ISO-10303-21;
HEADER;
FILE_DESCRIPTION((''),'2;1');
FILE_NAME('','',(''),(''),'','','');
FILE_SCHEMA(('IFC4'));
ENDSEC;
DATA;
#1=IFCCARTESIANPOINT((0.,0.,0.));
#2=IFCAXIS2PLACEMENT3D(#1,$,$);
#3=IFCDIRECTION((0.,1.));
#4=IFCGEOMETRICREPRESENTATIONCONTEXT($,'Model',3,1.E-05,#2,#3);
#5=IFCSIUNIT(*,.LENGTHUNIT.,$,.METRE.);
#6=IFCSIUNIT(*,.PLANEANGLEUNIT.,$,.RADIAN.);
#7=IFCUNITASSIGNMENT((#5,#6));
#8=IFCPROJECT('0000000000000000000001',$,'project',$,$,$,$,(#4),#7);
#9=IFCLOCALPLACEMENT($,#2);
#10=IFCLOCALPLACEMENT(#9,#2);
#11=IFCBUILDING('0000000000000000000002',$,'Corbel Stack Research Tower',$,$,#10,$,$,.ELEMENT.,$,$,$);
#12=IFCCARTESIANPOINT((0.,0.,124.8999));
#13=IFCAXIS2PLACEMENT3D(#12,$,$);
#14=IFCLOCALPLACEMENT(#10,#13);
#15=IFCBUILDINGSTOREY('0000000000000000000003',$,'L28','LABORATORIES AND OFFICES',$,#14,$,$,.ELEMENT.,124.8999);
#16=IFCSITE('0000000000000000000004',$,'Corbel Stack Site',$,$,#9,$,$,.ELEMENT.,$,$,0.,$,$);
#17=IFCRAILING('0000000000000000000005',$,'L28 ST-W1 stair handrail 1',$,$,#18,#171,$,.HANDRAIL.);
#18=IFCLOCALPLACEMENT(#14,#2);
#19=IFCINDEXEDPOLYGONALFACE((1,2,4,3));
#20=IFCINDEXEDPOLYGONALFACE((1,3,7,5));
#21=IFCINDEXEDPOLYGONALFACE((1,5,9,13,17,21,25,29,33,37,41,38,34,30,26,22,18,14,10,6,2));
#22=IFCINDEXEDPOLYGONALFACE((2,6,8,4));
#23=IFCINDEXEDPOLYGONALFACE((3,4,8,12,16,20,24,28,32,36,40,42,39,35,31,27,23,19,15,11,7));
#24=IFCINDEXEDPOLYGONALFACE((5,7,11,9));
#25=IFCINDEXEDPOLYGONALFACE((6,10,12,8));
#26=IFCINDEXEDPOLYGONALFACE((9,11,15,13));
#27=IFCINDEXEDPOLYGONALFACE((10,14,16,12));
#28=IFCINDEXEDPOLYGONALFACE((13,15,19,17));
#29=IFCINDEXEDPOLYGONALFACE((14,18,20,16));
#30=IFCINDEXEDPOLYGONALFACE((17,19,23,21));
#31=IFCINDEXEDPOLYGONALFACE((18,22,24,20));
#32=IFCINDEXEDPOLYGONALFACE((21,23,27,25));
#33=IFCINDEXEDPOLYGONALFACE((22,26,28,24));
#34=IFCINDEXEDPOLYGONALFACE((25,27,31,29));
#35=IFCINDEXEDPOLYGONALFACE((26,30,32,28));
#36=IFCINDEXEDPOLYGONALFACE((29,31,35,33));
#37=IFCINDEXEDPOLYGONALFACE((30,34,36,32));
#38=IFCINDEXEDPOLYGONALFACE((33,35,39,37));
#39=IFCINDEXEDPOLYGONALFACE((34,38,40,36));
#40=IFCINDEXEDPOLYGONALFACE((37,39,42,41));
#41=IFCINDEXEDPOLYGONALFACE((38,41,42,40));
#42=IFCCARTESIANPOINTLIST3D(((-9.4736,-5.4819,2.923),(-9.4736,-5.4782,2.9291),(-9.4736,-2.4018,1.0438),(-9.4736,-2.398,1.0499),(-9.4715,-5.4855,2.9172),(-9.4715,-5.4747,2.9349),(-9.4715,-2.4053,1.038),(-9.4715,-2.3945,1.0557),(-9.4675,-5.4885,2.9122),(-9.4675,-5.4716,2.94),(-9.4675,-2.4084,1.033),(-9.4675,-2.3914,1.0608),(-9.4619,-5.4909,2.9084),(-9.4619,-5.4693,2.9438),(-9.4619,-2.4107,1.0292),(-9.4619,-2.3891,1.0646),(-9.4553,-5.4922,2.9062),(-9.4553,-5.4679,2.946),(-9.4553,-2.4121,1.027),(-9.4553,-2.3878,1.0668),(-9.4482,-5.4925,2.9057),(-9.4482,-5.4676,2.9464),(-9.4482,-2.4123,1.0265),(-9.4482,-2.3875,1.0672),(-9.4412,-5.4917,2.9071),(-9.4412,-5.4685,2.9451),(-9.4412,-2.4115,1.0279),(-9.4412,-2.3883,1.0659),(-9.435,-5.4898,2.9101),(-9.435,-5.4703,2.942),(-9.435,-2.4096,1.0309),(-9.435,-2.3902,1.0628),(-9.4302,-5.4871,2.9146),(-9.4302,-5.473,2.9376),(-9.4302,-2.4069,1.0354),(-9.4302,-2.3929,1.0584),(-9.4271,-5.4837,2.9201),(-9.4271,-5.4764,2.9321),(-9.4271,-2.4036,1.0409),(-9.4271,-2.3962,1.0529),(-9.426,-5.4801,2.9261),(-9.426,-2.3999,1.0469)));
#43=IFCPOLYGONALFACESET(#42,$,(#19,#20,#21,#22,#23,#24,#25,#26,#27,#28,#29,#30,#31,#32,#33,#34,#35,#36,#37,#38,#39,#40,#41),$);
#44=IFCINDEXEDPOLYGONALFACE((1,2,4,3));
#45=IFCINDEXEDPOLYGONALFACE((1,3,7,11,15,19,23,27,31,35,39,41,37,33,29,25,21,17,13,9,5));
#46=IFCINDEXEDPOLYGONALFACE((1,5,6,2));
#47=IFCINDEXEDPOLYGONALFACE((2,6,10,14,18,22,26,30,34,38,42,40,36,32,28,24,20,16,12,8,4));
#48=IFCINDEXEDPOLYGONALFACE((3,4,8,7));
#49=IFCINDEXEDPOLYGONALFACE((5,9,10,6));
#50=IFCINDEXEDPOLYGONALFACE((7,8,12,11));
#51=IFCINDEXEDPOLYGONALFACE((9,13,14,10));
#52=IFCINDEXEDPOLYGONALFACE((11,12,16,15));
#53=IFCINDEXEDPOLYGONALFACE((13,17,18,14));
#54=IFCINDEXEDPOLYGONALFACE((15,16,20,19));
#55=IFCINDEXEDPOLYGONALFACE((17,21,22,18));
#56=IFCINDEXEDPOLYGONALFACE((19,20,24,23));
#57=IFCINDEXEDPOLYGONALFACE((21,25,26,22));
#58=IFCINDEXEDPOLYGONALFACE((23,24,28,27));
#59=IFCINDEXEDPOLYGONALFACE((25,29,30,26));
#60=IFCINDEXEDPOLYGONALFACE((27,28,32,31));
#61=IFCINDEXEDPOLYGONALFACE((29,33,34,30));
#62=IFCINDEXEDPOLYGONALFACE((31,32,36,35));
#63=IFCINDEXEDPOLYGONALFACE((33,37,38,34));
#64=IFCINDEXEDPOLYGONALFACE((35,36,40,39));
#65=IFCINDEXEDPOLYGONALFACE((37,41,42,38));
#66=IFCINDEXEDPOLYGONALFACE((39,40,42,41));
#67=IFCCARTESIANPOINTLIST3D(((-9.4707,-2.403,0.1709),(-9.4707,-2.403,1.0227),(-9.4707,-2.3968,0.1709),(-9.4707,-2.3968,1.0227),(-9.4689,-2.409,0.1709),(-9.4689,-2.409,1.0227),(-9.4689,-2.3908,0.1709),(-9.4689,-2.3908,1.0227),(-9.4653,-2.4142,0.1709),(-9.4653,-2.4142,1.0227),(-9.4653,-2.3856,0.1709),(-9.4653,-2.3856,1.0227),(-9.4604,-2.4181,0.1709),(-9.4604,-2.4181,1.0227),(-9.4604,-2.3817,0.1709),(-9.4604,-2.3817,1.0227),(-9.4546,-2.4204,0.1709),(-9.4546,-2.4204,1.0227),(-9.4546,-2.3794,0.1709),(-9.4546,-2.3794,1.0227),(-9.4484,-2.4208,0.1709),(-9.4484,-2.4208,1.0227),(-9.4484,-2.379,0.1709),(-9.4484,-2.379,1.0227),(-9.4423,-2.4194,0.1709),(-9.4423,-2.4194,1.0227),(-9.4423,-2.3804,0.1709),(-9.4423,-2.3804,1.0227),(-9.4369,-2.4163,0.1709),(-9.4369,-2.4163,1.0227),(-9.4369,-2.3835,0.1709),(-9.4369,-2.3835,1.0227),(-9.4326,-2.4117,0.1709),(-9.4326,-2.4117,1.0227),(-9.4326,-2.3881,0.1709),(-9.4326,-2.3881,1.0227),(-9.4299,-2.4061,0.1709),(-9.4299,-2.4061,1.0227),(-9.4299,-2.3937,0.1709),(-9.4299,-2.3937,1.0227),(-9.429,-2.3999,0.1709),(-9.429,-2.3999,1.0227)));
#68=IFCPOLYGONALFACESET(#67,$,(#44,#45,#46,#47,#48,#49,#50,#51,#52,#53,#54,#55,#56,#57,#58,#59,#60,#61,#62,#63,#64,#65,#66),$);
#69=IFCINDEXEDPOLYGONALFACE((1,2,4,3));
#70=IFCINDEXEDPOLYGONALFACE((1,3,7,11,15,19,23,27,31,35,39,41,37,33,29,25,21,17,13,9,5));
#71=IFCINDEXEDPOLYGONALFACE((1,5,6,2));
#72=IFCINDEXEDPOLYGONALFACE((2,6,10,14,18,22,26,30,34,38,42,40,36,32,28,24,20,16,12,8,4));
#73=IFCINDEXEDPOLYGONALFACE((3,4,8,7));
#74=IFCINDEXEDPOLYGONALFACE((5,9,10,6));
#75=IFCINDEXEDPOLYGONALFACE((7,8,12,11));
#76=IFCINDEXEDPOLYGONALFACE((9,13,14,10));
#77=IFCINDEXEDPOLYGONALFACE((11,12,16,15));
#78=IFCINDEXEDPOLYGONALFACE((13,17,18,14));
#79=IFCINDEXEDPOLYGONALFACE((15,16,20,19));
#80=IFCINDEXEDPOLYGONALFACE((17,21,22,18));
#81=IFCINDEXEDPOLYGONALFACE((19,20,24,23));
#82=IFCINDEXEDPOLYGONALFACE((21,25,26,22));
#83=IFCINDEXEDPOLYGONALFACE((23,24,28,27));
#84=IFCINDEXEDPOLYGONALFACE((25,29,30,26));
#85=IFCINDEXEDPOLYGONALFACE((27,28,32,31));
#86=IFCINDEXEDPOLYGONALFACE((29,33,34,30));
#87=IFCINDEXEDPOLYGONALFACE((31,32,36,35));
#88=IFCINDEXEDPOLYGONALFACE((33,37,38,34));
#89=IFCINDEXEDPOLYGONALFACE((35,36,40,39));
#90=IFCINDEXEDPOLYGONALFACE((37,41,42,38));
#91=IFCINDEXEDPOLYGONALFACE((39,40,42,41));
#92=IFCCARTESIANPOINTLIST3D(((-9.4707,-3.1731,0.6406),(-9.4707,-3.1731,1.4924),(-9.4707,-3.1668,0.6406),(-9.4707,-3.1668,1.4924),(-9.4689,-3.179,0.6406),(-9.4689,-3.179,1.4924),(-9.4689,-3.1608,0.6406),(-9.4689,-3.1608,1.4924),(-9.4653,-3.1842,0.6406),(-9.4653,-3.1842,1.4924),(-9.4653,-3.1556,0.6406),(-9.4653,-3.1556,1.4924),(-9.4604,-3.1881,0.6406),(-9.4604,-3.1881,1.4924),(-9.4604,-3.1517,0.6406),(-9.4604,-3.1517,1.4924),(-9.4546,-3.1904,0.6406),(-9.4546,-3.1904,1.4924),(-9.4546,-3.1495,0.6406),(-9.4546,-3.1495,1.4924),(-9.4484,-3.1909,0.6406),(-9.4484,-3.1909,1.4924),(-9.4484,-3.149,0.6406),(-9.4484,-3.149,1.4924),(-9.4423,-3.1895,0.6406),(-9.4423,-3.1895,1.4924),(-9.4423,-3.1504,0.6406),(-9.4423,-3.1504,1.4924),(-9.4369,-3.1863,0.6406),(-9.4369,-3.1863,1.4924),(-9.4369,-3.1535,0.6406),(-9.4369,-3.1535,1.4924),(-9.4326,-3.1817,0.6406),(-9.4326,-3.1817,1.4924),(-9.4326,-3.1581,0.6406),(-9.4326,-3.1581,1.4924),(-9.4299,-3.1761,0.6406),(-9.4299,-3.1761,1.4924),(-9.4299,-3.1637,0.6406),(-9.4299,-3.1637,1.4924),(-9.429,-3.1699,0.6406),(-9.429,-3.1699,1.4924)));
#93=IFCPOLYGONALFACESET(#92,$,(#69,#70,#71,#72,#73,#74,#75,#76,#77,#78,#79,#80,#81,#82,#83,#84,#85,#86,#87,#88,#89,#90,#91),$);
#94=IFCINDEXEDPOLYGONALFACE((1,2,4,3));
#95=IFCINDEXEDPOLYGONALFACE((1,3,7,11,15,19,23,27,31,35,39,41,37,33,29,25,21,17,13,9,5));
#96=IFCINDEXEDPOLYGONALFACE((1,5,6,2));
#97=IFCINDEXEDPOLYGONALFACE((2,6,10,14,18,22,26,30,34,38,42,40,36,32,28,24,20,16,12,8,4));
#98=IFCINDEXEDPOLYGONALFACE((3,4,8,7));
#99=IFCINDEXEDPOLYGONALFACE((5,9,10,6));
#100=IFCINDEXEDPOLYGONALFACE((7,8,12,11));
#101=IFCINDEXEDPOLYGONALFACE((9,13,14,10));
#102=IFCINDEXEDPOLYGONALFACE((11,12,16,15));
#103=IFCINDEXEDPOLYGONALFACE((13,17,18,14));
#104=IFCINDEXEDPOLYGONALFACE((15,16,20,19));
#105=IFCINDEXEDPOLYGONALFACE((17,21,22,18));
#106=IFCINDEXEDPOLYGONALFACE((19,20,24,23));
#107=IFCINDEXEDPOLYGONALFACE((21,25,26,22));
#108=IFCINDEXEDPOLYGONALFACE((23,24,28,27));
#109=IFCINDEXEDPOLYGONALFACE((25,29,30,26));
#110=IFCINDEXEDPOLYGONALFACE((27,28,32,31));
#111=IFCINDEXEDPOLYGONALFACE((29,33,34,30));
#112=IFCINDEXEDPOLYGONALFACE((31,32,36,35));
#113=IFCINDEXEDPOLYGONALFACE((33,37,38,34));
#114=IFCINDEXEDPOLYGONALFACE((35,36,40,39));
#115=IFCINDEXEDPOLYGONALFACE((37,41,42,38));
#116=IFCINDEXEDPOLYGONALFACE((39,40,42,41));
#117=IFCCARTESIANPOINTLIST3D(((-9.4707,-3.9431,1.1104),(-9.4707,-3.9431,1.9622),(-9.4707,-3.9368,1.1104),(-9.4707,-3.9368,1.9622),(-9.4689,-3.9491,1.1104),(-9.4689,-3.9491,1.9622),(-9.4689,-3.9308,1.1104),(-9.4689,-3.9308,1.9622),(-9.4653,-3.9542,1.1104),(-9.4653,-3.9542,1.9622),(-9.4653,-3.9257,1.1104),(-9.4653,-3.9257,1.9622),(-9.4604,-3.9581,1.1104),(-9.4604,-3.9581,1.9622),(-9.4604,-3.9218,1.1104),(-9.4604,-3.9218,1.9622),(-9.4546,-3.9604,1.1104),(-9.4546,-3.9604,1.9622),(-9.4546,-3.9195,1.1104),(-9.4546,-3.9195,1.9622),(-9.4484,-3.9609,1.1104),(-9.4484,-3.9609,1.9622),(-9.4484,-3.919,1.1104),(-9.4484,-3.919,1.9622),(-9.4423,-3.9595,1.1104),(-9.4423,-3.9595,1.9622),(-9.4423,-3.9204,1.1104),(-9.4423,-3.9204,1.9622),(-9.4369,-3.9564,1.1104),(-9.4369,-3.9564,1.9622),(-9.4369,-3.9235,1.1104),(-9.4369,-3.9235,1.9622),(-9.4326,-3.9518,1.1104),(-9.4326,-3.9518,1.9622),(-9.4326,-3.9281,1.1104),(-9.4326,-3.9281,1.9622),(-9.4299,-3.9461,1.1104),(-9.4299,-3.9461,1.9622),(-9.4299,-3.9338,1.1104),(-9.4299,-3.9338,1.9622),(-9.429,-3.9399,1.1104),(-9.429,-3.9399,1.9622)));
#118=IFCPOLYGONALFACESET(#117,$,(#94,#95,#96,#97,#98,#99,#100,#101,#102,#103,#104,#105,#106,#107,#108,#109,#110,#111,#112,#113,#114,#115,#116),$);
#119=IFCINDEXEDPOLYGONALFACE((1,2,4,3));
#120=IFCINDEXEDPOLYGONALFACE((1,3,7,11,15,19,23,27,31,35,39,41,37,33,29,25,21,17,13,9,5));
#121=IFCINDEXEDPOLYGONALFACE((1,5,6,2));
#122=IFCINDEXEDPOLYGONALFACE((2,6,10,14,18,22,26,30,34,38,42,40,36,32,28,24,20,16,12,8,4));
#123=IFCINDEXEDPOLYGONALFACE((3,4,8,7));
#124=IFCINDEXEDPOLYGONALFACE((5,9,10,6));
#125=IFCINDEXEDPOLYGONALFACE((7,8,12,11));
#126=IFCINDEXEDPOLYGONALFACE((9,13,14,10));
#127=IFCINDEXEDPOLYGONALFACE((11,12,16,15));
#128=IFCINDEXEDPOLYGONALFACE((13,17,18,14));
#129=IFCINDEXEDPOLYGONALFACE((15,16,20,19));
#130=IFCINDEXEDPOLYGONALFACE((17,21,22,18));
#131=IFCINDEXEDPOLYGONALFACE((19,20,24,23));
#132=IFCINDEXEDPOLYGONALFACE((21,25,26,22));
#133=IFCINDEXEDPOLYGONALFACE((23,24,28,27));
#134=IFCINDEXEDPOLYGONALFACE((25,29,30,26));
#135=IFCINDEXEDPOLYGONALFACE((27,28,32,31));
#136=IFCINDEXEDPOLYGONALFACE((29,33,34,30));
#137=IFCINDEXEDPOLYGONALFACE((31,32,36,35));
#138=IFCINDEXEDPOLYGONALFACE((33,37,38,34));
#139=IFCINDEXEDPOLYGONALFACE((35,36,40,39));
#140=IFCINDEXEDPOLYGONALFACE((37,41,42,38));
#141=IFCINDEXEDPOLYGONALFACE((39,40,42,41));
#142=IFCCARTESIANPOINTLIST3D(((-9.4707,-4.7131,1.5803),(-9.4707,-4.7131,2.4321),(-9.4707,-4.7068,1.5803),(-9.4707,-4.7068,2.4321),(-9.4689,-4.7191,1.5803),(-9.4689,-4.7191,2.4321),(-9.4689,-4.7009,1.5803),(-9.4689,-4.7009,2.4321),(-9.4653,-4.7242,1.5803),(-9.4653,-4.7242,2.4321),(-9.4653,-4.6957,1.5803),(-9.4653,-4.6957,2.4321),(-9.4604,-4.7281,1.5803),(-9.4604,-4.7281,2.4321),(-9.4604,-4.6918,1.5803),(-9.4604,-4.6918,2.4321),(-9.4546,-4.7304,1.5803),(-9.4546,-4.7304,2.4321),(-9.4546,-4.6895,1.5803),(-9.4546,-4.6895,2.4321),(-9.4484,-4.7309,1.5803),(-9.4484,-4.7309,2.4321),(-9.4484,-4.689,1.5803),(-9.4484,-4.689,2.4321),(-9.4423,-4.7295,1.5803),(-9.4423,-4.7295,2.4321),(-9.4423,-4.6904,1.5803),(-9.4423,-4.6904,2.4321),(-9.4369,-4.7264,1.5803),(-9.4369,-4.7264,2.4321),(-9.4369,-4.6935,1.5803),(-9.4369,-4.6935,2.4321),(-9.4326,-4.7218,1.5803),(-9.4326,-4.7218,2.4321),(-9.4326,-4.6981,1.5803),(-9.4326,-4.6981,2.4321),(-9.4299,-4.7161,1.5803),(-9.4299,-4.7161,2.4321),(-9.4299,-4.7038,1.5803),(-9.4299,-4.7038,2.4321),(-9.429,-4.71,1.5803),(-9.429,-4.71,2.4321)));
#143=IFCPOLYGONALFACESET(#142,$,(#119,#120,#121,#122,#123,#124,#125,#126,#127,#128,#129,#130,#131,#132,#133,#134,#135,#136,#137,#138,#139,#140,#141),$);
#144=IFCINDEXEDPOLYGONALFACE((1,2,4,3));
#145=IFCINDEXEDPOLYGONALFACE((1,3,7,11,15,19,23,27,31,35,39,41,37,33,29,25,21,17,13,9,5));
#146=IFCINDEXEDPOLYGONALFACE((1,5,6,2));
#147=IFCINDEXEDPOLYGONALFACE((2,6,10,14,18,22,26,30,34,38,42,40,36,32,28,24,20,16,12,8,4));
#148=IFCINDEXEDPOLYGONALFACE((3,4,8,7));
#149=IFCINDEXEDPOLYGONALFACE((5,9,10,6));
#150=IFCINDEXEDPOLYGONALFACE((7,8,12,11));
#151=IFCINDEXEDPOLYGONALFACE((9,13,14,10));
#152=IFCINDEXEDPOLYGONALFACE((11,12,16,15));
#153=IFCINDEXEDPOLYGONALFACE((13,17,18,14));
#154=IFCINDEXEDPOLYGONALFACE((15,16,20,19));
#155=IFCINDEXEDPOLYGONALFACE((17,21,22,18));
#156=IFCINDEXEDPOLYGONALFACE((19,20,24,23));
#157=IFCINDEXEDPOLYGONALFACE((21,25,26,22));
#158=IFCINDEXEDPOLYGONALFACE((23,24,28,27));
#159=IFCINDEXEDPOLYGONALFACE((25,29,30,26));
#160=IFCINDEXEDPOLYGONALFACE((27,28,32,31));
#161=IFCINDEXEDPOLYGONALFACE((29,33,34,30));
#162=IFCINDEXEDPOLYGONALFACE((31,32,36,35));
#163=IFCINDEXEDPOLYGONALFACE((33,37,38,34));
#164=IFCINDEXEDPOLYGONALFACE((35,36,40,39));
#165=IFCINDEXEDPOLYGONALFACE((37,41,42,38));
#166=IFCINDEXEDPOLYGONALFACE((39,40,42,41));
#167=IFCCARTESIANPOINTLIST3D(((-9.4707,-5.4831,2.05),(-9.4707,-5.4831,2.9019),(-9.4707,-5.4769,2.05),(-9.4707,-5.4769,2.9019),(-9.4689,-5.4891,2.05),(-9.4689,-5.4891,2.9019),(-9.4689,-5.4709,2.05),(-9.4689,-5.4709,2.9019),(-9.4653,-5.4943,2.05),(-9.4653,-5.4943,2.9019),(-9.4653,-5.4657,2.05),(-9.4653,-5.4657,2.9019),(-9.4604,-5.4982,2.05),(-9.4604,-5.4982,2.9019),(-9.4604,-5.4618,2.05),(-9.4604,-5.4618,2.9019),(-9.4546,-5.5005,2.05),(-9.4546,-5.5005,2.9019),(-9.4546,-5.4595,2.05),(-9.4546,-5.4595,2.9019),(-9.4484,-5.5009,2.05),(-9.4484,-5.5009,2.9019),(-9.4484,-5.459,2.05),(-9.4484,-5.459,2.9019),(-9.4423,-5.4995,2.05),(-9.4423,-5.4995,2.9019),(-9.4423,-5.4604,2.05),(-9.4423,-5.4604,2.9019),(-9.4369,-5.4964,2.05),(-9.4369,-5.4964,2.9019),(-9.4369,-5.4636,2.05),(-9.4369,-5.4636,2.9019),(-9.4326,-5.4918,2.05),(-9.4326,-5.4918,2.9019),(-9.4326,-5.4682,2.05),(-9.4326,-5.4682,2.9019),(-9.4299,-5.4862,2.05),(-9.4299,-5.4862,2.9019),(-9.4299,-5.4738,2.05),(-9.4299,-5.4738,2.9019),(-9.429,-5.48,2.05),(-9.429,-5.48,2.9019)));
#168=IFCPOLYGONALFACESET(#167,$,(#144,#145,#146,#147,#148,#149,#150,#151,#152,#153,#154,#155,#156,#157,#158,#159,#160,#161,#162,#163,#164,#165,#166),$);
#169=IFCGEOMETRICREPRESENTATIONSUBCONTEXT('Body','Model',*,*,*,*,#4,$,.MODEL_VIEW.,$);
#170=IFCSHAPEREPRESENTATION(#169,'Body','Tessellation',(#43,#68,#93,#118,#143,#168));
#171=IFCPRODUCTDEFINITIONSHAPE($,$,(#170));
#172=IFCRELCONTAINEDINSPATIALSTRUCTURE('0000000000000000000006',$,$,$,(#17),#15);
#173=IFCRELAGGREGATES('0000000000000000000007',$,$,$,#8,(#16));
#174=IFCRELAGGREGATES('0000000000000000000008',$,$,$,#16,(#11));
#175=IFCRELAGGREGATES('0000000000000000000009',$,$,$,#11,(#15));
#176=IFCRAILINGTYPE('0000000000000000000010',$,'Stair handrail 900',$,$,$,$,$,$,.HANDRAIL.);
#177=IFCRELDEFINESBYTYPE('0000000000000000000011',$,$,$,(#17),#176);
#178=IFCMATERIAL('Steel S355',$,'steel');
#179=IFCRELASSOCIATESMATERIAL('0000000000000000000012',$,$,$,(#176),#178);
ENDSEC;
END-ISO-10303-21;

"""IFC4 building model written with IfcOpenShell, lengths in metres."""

from ifc_helpers import new_model, si_unit, direction, frame, origin, origin_2d, place, context, subcontext, project, spatial, circle, extrude, material, type_object, element, save


model = new_model("IFC4")

# Units and contexts
model_context = context("Model", 3, precision=1e-05, world=origin(), true_north=direction((0.0, 1.0)))
body_context = subcontext(model_context, "Body", "Model", "MODEL_VIEW")
ifc_project = project(units=[si_unit("LENGTHUNIT", "METRE"), si_unit("PLANEANGLEUNIT", "RADIAN")], contexts=[model_context])

# Site, building, storey
site_placement = place(None, origin())
site = spatial("IfcSite", under=ifc_project, at=site_placement, Name="Corbel Stack Site", CompositionType="ELEMENT", RefElevation=0.0)
building_placement = place(site_placement, origin())
building = spatial("IfcBuilding", under=site, at=building_placement, Name="Corbel Stack Research Tower", CompositionType="ELEMENT")
storey_placement = place(building_placement, frame((0.0, 0.0, 124.8999)))
storey = spatial("IfcBuildingStorey", under=building, at=storey_placement, Name="L28", Description="LABORATORIES AND OFFICES", CompositionType="ELEMENT", Elevation=124.8999)

# Railing
ifc_material_1 = material(Name="Steel S355", Category="steel")
railing_type_1 = type_object("IfcRailingType", Name="Stair handrail 900", PredefinedType="HANDRAIL", material=ifc_material_1)
railing_1_placement = place(storey_placement, frame((-9.45, -2.3999, 0.1709)))
element("IfcRailing", 1, at=railing_1_placement, inside=storey, type_object=railing_type_1, Name="L28 ST-W1 stair handrail 1", PredefinedType="HANDRAIL", context=body_context, shape_type="SweptSolid", body=[
    extrude(circle(Radius=0.0239, at=origin_2d()), frame((0.0, 0.0, 0.876), z_axis=(0.0, -0.853666, 0.52082), x_axis=(1.0, 0.0, 0.0)), (0.0, 0.0, 1.0), 3.6082),
    extrude(circle(Radius=0.021, at=origin_2d()), origin(), (0.0, 0.0, 1.0), 0.8518),
    extrude(circle(Radius=0.021, at=origin_2d()), frame((0.0, -0.77, 0.4697)), (0.0, 0.0, 1.0), 0.8518),
    extrude(circle(Radius=0.021, at=origin_2d()), frame((0.0, -1.54, 0.9395)), (0.0, 0.0, 1.0), 0.8518),
    extrude(circle(Radius=0.021, at=origin_2d()), frame((0.0, -2.3101, 1.4094)), (0.0, 0.0, 1.0), 0.8518),
    extrude(circle(Radius=0.021, at=origin_2d()), frame((0.0, -3.0801, 1.8792)), (0.0, 0.0, 1.0), 0.8518),
])

save(model, "model.ifc")
